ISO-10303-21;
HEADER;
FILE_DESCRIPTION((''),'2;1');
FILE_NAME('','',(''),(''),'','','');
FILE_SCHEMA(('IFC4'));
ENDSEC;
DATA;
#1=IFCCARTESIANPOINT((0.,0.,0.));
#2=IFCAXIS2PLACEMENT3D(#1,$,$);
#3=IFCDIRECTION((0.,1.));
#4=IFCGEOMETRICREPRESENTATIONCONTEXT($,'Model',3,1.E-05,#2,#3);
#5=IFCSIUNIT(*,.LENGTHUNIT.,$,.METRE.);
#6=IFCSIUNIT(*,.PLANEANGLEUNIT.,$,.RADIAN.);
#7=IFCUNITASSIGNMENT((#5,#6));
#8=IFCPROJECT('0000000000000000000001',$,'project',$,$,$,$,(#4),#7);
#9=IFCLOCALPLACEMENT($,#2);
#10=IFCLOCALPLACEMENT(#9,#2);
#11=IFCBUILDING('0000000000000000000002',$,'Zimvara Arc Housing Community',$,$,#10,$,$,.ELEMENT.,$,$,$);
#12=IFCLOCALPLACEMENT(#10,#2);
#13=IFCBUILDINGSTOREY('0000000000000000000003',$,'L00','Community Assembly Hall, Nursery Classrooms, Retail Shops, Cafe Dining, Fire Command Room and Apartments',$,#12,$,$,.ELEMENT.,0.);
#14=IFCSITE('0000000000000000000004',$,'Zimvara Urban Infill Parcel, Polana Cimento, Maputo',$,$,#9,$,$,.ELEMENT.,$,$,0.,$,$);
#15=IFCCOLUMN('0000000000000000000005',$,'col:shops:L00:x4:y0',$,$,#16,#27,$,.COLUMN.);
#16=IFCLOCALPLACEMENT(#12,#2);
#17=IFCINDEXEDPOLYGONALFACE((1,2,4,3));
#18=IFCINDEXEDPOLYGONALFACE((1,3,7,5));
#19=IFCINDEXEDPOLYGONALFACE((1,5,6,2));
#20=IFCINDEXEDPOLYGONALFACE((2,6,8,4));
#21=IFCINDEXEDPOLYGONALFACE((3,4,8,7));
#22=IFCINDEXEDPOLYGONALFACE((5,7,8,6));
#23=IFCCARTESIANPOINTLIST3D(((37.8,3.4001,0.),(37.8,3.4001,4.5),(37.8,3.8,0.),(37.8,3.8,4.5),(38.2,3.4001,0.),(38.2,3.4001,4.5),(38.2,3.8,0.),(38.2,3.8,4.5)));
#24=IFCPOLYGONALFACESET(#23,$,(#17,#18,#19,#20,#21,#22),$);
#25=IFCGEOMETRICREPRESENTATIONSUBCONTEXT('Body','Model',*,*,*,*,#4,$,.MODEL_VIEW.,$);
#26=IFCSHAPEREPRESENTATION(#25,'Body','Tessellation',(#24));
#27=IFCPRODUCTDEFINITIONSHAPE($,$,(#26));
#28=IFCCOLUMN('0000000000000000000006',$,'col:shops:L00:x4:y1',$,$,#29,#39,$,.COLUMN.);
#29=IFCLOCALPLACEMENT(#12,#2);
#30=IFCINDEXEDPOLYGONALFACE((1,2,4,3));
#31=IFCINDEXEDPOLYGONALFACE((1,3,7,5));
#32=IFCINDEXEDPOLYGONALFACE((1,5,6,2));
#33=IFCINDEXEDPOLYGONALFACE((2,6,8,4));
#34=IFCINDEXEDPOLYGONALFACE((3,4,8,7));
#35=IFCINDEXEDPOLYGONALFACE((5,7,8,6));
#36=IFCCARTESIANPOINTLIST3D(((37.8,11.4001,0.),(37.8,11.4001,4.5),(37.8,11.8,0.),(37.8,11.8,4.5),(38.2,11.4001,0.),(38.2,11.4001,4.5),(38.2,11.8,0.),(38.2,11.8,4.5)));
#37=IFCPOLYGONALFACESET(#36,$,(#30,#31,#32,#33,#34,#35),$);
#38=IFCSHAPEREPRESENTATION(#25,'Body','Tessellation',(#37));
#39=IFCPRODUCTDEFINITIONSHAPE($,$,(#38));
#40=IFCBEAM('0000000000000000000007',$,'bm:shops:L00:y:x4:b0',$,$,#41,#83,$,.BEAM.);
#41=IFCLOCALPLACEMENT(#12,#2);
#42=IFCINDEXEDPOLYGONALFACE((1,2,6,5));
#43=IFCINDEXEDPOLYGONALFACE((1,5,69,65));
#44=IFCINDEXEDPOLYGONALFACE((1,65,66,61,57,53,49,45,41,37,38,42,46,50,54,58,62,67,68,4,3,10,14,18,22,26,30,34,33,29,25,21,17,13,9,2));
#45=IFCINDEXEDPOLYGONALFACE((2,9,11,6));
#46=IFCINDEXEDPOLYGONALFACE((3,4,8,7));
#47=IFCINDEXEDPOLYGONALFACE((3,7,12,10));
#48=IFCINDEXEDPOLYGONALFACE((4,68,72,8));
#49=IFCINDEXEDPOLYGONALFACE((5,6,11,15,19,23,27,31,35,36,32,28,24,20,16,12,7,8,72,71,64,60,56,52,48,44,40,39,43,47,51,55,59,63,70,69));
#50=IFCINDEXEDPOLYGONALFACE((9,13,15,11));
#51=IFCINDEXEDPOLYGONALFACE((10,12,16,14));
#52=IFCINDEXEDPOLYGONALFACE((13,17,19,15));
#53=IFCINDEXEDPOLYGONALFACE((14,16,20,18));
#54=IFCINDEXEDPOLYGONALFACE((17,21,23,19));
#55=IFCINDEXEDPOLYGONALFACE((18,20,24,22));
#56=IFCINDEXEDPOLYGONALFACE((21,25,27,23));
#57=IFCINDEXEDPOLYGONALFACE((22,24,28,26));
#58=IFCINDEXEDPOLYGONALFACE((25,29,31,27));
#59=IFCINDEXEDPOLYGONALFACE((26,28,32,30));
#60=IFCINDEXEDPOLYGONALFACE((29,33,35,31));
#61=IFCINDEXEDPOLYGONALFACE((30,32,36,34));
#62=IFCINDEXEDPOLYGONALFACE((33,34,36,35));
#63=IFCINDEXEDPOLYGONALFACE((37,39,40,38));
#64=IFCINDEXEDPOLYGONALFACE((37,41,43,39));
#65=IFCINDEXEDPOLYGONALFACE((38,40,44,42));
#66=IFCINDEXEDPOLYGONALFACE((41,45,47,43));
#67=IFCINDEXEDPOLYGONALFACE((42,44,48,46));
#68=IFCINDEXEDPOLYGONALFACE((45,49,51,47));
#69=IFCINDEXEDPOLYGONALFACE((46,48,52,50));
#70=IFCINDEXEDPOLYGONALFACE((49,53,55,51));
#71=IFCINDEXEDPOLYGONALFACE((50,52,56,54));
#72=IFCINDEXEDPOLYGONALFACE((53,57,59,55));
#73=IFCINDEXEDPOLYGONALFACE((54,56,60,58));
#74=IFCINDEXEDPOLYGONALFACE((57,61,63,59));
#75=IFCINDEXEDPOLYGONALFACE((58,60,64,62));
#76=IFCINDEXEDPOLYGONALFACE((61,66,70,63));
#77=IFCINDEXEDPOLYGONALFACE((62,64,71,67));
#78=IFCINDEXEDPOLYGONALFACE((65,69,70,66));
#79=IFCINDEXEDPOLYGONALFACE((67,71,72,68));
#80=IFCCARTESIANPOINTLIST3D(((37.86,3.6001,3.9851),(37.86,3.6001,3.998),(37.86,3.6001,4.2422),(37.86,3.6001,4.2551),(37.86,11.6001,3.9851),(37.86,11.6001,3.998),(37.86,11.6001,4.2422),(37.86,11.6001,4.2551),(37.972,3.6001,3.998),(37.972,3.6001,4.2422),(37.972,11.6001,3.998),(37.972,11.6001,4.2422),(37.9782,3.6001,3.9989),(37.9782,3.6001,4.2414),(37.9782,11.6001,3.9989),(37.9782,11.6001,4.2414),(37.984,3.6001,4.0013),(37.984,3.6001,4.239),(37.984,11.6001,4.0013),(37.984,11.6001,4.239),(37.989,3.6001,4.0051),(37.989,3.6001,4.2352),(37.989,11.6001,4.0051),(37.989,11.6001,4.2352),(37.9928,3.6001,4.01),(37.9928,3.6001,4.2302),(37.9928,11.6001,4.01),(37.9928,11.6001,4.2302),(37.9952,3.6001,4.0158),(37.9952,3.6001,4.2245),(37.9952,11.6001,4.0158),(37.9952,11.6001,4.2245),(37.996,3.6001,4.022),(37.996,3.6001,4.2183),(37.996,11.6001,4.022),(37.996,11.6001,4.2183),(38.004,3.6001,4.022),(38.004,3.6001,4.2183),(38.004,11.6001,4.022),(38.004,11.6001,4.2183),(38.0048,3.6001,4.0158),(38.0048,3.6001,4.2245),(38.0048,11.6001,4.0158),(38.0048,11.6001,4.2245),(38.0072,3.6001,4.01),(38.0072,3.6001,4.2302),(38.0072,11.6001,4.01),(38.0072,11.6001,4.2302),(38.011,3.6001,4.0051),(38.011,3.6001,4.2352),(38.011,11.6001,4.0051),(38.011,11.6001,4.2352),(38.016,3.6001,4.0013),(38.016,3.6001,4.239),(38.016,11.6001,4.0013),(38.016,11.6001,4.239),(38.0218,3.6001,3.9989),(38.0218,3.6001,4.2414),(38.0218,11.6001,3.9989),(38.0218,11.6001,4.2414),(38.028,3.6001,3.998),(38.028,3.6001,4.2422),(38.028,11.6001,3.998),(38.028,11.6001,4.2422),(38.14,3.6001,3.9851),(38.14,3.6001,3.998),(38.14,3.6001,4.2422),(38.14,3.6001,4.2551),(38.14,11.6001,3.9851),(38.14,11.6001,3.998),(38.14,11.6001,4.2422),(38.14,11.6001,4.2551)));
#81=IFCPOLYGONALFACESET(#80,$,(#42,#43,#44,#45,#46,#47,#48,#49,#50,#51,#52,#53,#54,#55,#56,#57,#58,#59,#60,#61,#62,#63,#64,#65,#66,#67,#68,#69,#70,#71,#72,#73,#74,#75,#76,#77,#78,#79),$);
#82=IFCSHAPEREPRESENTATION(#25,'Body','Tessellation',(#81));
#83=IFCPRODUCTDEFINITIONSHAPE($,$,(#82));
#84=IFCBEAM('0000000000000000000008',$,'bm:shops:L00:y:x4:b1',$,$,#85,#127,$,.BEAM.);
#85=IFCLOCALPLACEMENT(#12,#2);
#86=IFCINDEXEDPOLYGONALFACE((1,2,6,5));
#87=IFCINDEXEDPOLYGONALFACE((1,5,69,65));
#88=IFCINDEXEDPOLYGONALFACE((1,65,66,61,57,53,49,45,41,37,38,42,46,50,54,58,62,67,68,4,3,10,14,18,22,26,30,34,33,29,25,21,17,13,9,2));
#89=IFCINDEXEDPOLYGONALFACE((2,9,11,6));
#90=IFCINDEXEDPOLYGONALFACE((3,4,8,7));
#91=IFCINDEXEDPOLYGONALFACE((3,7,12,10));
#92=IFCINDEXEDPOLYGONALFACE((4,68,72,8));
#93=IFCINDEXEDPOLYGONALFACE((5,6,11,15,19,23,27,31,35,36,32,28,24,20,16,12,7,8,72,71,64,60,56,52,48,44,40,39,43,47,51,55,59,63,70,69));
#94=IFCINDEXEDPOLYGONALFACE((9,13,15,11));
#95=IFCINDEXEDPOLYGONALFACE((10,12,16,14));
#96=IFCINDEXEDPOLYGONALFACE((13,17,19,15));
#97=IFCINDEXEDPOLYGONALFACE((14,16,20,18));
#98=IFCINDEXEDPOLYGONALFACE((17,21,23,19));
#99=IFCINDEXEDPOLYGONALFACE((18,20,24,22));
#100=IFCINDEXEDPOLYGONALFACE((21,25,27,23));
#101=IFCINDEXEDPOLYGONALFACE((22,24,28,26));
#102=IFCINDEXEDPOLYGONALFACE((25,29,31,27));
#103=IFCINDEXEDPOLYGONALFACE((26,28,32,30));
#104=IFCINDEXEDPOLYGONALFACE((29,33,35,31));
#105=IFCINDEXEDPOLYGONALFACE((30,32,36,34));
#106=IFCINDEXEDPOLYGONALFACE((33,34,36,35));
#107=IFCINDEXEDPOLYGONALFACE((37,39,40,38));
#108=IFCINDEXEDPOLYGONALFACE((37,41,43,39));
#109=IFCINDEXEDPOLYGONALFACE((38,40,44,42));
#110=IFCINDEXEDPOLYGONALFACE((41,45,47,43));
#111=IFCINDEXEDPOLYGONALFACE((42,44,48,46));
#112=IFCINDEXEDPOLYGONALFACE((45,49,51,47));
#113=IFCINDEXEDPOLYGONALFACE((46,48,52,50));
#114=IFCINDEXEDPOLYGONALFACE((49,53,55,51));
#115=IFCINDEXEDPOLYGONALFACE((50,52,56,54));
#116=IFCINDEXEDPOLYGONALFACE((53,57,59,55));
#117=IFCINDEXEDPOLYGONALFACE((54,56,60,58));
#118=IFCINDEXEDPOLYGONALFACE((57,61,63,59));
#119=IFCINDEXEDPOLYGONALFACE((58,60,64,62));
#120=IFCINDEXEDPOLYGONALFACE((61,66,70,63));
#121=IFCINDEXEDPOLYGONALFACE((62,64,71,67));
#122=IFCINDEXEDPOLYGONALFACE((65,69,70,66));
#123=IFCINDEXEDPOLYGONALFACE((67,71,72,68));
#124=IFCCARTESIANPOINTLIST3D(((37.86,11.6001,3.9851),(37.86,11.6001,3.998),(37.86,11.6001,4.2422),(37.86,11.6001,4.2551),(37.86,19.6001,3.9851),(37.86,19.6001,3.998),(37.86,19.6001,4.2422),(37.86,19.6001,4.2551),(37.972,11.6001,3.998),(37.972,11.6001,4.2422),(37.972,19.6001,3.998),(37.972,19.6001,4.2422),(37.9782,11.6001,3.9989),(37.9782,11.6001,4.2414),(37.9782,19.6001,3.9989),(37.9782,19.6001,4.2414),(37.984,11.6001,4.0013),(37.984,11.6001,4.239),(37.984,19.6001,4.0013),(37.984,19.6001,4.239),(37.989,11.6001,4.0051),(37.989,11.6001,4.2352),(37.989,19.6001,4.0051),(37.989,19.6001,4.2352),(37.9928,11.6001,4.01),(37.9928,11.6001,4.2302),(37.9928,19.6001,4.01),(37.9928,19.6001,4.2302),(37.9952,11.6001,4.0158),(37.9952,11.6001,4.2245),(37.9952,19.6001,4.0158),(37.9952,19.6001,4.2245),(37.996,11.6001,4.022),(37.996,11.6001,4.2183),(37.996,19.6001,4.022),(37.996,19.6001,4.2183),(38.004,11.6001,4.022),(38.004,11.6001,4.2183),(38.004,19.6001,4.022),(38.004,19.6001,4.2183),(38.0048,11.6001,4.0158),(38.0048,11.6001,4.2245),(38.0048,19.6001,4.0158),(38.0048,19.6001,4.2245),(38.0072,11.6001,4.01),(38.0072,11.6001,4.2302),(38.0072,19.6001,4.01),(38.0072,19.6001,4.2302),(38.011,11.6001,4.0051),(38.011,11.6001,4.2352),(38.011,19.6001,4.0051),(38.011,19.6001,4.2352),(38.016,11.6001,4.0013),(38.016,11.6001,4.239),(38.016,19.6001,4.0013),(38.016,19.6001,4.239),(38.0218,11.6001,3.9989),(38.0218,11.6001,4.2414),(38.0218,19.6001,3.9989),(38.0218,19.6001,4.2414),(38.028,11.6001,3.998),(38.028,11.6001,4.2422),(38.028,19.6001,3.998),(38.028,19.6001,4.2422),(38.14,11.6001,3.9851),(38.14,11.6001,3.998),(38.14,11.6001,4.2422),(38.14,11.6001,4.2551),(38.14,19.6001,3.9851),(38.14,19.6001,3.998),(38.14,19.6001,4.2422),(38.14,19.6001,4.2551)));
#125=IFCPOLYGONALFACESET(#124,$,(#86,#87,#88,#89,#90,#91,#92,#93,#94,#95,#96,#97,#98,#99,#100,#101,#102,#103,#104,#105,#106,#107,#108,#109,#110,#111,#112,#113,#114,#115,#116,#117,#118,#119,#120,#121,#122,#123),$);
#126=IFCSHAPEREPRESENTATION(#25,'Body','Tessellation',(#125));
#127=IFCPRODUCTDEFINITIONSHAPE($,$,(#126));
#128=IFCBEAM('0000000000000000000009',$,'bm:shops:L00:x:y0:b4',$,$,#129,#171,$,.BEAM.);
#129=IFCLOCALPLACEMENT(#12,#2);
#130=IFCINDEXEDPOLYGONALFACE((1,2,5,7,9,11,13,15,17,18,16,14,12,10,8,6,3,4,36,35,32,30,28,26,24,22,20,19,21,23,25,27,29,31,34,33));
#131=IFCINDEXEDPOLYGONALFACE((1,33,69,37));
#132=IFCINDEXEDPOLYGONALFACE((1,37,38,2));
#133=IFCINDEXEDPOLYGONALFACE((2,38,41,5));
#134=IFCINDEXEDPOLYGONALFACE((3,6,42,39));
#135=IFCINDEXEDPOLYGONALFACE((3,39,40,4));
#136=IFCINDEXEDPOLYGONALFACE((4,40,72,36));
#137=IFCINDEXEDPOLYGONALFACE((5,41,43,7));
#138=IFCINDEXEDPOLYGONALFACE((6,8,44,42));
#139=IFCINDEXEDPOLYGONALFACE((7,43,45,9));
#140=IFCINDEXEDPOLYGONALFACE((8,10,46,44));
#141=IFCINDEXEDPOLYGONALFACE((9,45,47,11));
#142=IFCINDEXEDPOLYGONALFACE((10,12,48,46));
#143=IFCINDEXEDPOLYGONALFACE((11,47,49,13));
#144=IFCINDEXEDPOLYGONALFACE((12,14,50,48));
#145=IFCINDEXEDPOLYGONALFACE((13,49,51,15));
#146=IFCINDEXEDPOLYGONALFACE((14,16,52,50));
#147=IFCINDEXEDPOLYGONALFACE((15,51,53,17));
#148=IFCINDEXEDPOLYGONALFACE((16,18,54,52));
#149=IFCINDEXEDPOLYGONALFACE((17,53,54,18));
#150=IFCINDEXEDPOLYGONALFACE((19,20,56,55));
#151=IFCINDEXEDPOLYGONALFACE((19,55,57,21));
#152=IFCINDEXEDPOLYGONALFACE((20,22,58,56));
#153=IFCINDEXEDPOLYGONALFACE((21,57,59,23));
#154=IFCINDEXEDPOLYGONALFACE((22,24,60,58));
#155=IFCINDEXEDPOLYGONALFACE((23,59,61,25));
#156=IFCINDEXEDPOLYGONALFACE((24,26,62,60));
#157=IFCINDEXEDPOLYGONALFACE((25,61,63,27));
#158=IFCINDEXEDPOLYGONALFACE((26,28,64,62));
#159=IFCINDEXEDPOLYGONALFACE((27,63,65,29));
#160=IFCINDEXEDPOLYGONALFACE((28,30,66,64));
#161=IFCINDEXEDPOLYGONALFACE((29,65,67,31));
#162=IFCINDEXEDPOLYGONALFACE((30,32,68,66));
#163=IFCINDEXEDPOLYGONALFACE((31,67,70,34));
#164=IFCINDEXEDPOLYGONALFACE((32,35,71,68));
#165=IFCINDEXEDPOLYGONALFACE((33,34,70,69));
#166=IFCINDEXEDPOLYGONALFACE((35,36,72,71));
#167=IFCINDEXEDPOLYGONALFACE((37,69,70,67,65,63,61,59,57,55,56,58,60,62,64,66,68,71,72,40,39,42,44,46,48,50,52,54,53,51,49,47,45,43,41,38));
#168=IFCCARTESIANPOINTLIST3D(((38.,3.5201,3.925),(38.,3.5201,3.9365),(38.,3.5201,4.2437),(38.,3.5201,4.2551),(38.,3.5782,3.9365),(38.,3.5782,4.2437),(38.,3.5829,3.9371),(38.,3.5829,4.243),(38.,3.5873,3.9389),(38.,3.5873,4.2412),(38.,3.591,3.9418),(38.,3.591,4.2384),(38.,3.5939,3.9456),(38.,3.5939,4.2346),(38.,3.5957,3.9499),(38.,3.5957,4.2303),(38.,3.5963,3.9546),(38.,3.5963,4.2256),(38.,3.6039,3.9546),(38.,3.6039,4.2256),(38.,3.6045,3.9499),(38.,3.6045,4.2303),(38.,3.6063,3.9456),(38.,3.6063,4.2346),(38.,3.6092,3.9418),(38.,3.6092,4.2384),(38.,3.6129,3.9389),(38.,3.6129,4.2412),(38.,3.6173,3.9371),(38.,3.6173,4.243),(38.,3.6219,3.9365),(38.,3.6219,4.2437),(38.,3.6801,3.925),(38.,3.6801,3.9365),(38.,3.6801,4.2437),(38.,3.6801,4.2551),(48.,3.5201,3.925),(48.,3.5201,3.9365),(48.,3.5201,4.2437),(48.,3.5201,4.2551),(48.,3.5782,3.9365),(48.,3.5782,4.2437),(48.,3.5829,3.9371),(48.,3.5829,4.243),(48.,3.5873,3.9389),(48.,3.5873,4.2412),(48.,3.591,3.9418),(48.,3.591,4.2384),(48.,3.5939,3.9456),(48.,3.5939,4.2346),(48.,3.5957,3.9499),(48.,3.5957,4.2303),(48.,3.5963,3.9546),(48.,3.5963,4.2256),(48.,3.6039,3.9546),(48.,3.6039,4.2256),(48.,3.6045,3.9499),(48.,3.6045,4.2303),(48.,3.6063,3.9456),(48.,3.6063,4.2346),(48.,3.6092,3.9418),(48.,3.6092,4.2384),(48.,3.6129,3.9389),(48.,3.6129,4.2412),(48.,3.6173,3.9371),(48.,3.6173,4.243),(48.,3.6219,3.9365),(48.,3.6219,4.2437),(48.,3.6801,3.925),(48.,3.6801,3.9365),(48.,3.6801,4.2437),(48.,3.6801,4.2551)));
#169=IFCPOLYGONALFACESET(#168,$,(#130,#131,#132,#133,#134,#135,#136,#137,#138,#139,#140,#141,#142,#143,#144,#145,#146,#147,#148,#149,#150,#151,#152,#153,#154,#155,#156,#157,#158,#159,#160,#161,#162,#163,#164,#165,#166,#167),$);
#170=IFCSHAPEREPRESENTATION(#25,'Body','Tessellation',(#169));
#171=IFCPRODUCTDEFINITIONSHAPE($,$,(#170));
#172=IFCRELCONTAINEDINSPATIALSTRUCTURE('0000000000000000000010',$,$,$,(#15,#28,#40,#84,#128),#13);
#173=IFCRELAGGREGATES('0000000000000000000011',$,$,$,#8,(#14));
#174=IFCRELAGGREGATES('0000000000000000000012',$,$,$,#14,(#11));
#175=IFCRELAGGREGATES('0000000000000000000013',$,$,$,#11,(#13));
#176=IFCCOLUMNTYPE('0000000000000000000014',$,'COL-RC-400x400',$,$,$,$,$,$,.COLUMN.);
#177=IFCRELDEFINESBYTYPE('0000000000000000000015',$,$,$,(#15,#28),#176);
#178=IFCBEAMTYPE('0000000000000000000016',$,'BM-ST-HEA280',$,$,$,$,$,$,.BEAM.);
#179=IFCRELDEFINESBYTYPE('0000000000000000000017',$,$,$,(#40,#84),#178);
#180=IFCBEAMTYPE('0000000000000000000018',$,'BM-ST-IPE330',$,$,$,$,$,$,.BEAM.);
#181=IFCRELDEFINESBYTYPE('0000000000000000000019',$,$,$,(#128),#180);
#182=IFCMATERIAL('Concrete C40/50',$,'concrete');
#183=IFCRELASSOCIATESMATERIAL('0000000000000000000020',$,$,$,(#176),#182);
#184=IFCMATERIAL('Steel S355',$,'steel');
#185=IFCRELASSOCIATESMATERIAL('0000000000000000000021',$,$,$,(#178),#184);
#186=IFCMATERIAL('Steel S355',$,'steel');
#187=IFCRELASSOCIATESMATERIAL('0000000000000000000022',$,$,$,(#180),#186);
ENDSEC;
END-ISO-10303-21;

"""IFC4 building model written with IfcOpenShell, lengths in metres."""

from ifc_helpers import new_model, si_unit, direction, frame, origin, origin_2d, place, context, subcontext, project, spatial, rectangle, i_section, extrude, material, material_profile, profile_set, type_object, element, save


model = new_model("IFC4")

# Units and contexts
model_context = context("Model", 3, precision=1e-05, world=origin(), true_north=direction((0.0, 1.0)))
body_context = subcontext(model_context, "Body", "Model", "MODEL_VIEW")
ifc_project = project(units=[si_unit("LENGTHUNIT", "METRE"), si_unit("PLANEANGLEUNIT", "RADIAN")], contexts=[model_context])

# Site, building, storey
site_placement = place(None, origin())
site = spatial("IfcSite", under=ifc_project, at=site_placement, Name="Zimvara Urban Infill Parcel, Polana Cimento, Maputo", CompositionType="ELEMENT", RefElevation=0.0)
building_placement = place(site_placement, origin())
building = spatial("IfcBuilding", under=site, at=building_placement, Name="Zimvara Arc Housing Community", CompositionType="ELEMENT")
storey_placement = place(building_placement, origin())
storey = spatial("IfcBuildingStorey", under=building, at=storey_placement, Name="L00", Description="Community Assembly Hall, Nursery Classrooms, Retail Shops, Cafe Dining, Fire Command Room and Apartments", CompositionType="ELEMENT", Elevation=0.0)

# Columns
ifc_material_1 = material(Name="Concrete C40/50", Category="concrete")
ifc_material_profile_1 = material_profile(ifc_material_1, rectangle(XDim=0.3999, YDim=0.3999, at=origin_2d()), Name="RC 400x400")
ifc_profile_set_1 = profile_set([ifc_material_profile_1], Name="Concrete C40/50")
column_type = type_object("IfcColumnType", Name="COL-RC-400x400", PredefinedType="COLUMN", material=ifc_profile_set_1)
for number, where, z_axis, x_axis, name in (
    (1, (38.0, 3.6001, 0.0), (0.0, 0.0, 1.0), (1.0, 0.0, 0.0), "col:shops:L00:x4:y0"),
    (2, (38.0, 11.6001, 0.0), (0.0, 0.0, 1.0), (1.0, 0.0, 0.0), "col:shops:L00:x4:y1"),
):
    element("IfcColumn", number, at=place(storey_placement, frame(where, z_axis=z_axis, x_axis=x_axis)), inside=storey, type_object=column_type, Name=name, PredefinedType="COLUMN", context=body_context, shape_type="SweptSolid", body=[
        extrude(rectangle(XDim=0.3999, YDim=0.3999, at=origin_2d()), origin(), (0.0, 0.0, 1.0), 4.5),
    ])

# Beams
ifc_material_2 = material(Name="Steel S355", Category="steel")
ifc_material_profile_2 = material_profile(ifc_material_2, i_section(OverallWidth=0.28, OverallDepth=0.27, WebThickness=0.0081, FlangeThickness=0.0129, FilletRadius=0.0239, at=origin_2d()), Name="HEA 280")
ifc_profile_set_2 = profile_set([ifc_material_profile_2], Name="Steel S355")
beam_type_1 = type_object("IfcBeamType", Name="BM-ST-HEA280", PredefinedType="BEAM", material=ifc_profile_set_2)
for number, where, z_axis, x_axis, name in (
    (3, (38.0, 3.6001, 4.1201), (0.0, 1.0, 0.0), (-1.0, 0.0, 0.0), "bm:shops:L00:y:x4:b0"),
    (4, (38.0, 11.6001, 4.1201), (0.0, 1.0, 0.0), (-1.0, 0.0, 0.0), "bm:shops:L00:y:x4:b1"),
):
    element("IfcBeam", number, at=place(storey_placement, frame(where, z_axis=z_axis, x_axis=x_axis)), inside=storey, type_object=beam_type_1, Name=name, PredefinedType="BEAM", context=body_context, shape_type="SweptSolid", body=[
        extrude(i_section(OverallWidth=0.28, OverallDepth=0.27, WebThickness=0.0081, FlangeThickness=0.0129, FilletRadius=0.0239, at=origin_2d()), origin(), (0.0, 0.0, 1.0), 8.0),
    ])
ifc_material_3 = material(Name="Steel S355", Category="steel")
ifc_material_profile_3 = material_profile(ifc_material_3, i_section(OverallWidth=0.1599, OverallDepth=0.3301, WebThickness=0.0076, FlangeThickness=0.0115, FilletRadius=0.0181, at=origin_2d()), Name="IPE 330")
ifc_profile_set_3 = profile_set([ifc_material_profile_3], Name="Steel S355")
beam_type_2 = type_object("IfcBeamType", Name="BM-ST-IPE330", PredefinedType="BEAM", material=ifc_profile_set_3)
for number, where, z_axis, x_axis, name in (
    (5, (38.0, 3.6001, 4.0901), (1.0, 0.0, 0.0), (0.0, 1.0, 0.0), "bm:shops:L00:x:y0:b4"),
):
    element("IfcBeam", number, at=place(storey_placement, frame(where, z_axis=z_axis, x_axis=x_axis)), inside=storey, type_object=beam_type_2, Name=name, PredefinedType="BEAM", context=body_context, shape_type="SweptSolid", body=[
        extrude(i_section(OverallWidth=0.1599, OverallDepth=0.3301, WebThickness=0.0076, FlangeThickness=0.0115, FilletRadius=0.0181, at=origin_2d()), origin(), (0.0, 0.0, 1.0), 10.0),
    ])

save(model, "model.ifc")
